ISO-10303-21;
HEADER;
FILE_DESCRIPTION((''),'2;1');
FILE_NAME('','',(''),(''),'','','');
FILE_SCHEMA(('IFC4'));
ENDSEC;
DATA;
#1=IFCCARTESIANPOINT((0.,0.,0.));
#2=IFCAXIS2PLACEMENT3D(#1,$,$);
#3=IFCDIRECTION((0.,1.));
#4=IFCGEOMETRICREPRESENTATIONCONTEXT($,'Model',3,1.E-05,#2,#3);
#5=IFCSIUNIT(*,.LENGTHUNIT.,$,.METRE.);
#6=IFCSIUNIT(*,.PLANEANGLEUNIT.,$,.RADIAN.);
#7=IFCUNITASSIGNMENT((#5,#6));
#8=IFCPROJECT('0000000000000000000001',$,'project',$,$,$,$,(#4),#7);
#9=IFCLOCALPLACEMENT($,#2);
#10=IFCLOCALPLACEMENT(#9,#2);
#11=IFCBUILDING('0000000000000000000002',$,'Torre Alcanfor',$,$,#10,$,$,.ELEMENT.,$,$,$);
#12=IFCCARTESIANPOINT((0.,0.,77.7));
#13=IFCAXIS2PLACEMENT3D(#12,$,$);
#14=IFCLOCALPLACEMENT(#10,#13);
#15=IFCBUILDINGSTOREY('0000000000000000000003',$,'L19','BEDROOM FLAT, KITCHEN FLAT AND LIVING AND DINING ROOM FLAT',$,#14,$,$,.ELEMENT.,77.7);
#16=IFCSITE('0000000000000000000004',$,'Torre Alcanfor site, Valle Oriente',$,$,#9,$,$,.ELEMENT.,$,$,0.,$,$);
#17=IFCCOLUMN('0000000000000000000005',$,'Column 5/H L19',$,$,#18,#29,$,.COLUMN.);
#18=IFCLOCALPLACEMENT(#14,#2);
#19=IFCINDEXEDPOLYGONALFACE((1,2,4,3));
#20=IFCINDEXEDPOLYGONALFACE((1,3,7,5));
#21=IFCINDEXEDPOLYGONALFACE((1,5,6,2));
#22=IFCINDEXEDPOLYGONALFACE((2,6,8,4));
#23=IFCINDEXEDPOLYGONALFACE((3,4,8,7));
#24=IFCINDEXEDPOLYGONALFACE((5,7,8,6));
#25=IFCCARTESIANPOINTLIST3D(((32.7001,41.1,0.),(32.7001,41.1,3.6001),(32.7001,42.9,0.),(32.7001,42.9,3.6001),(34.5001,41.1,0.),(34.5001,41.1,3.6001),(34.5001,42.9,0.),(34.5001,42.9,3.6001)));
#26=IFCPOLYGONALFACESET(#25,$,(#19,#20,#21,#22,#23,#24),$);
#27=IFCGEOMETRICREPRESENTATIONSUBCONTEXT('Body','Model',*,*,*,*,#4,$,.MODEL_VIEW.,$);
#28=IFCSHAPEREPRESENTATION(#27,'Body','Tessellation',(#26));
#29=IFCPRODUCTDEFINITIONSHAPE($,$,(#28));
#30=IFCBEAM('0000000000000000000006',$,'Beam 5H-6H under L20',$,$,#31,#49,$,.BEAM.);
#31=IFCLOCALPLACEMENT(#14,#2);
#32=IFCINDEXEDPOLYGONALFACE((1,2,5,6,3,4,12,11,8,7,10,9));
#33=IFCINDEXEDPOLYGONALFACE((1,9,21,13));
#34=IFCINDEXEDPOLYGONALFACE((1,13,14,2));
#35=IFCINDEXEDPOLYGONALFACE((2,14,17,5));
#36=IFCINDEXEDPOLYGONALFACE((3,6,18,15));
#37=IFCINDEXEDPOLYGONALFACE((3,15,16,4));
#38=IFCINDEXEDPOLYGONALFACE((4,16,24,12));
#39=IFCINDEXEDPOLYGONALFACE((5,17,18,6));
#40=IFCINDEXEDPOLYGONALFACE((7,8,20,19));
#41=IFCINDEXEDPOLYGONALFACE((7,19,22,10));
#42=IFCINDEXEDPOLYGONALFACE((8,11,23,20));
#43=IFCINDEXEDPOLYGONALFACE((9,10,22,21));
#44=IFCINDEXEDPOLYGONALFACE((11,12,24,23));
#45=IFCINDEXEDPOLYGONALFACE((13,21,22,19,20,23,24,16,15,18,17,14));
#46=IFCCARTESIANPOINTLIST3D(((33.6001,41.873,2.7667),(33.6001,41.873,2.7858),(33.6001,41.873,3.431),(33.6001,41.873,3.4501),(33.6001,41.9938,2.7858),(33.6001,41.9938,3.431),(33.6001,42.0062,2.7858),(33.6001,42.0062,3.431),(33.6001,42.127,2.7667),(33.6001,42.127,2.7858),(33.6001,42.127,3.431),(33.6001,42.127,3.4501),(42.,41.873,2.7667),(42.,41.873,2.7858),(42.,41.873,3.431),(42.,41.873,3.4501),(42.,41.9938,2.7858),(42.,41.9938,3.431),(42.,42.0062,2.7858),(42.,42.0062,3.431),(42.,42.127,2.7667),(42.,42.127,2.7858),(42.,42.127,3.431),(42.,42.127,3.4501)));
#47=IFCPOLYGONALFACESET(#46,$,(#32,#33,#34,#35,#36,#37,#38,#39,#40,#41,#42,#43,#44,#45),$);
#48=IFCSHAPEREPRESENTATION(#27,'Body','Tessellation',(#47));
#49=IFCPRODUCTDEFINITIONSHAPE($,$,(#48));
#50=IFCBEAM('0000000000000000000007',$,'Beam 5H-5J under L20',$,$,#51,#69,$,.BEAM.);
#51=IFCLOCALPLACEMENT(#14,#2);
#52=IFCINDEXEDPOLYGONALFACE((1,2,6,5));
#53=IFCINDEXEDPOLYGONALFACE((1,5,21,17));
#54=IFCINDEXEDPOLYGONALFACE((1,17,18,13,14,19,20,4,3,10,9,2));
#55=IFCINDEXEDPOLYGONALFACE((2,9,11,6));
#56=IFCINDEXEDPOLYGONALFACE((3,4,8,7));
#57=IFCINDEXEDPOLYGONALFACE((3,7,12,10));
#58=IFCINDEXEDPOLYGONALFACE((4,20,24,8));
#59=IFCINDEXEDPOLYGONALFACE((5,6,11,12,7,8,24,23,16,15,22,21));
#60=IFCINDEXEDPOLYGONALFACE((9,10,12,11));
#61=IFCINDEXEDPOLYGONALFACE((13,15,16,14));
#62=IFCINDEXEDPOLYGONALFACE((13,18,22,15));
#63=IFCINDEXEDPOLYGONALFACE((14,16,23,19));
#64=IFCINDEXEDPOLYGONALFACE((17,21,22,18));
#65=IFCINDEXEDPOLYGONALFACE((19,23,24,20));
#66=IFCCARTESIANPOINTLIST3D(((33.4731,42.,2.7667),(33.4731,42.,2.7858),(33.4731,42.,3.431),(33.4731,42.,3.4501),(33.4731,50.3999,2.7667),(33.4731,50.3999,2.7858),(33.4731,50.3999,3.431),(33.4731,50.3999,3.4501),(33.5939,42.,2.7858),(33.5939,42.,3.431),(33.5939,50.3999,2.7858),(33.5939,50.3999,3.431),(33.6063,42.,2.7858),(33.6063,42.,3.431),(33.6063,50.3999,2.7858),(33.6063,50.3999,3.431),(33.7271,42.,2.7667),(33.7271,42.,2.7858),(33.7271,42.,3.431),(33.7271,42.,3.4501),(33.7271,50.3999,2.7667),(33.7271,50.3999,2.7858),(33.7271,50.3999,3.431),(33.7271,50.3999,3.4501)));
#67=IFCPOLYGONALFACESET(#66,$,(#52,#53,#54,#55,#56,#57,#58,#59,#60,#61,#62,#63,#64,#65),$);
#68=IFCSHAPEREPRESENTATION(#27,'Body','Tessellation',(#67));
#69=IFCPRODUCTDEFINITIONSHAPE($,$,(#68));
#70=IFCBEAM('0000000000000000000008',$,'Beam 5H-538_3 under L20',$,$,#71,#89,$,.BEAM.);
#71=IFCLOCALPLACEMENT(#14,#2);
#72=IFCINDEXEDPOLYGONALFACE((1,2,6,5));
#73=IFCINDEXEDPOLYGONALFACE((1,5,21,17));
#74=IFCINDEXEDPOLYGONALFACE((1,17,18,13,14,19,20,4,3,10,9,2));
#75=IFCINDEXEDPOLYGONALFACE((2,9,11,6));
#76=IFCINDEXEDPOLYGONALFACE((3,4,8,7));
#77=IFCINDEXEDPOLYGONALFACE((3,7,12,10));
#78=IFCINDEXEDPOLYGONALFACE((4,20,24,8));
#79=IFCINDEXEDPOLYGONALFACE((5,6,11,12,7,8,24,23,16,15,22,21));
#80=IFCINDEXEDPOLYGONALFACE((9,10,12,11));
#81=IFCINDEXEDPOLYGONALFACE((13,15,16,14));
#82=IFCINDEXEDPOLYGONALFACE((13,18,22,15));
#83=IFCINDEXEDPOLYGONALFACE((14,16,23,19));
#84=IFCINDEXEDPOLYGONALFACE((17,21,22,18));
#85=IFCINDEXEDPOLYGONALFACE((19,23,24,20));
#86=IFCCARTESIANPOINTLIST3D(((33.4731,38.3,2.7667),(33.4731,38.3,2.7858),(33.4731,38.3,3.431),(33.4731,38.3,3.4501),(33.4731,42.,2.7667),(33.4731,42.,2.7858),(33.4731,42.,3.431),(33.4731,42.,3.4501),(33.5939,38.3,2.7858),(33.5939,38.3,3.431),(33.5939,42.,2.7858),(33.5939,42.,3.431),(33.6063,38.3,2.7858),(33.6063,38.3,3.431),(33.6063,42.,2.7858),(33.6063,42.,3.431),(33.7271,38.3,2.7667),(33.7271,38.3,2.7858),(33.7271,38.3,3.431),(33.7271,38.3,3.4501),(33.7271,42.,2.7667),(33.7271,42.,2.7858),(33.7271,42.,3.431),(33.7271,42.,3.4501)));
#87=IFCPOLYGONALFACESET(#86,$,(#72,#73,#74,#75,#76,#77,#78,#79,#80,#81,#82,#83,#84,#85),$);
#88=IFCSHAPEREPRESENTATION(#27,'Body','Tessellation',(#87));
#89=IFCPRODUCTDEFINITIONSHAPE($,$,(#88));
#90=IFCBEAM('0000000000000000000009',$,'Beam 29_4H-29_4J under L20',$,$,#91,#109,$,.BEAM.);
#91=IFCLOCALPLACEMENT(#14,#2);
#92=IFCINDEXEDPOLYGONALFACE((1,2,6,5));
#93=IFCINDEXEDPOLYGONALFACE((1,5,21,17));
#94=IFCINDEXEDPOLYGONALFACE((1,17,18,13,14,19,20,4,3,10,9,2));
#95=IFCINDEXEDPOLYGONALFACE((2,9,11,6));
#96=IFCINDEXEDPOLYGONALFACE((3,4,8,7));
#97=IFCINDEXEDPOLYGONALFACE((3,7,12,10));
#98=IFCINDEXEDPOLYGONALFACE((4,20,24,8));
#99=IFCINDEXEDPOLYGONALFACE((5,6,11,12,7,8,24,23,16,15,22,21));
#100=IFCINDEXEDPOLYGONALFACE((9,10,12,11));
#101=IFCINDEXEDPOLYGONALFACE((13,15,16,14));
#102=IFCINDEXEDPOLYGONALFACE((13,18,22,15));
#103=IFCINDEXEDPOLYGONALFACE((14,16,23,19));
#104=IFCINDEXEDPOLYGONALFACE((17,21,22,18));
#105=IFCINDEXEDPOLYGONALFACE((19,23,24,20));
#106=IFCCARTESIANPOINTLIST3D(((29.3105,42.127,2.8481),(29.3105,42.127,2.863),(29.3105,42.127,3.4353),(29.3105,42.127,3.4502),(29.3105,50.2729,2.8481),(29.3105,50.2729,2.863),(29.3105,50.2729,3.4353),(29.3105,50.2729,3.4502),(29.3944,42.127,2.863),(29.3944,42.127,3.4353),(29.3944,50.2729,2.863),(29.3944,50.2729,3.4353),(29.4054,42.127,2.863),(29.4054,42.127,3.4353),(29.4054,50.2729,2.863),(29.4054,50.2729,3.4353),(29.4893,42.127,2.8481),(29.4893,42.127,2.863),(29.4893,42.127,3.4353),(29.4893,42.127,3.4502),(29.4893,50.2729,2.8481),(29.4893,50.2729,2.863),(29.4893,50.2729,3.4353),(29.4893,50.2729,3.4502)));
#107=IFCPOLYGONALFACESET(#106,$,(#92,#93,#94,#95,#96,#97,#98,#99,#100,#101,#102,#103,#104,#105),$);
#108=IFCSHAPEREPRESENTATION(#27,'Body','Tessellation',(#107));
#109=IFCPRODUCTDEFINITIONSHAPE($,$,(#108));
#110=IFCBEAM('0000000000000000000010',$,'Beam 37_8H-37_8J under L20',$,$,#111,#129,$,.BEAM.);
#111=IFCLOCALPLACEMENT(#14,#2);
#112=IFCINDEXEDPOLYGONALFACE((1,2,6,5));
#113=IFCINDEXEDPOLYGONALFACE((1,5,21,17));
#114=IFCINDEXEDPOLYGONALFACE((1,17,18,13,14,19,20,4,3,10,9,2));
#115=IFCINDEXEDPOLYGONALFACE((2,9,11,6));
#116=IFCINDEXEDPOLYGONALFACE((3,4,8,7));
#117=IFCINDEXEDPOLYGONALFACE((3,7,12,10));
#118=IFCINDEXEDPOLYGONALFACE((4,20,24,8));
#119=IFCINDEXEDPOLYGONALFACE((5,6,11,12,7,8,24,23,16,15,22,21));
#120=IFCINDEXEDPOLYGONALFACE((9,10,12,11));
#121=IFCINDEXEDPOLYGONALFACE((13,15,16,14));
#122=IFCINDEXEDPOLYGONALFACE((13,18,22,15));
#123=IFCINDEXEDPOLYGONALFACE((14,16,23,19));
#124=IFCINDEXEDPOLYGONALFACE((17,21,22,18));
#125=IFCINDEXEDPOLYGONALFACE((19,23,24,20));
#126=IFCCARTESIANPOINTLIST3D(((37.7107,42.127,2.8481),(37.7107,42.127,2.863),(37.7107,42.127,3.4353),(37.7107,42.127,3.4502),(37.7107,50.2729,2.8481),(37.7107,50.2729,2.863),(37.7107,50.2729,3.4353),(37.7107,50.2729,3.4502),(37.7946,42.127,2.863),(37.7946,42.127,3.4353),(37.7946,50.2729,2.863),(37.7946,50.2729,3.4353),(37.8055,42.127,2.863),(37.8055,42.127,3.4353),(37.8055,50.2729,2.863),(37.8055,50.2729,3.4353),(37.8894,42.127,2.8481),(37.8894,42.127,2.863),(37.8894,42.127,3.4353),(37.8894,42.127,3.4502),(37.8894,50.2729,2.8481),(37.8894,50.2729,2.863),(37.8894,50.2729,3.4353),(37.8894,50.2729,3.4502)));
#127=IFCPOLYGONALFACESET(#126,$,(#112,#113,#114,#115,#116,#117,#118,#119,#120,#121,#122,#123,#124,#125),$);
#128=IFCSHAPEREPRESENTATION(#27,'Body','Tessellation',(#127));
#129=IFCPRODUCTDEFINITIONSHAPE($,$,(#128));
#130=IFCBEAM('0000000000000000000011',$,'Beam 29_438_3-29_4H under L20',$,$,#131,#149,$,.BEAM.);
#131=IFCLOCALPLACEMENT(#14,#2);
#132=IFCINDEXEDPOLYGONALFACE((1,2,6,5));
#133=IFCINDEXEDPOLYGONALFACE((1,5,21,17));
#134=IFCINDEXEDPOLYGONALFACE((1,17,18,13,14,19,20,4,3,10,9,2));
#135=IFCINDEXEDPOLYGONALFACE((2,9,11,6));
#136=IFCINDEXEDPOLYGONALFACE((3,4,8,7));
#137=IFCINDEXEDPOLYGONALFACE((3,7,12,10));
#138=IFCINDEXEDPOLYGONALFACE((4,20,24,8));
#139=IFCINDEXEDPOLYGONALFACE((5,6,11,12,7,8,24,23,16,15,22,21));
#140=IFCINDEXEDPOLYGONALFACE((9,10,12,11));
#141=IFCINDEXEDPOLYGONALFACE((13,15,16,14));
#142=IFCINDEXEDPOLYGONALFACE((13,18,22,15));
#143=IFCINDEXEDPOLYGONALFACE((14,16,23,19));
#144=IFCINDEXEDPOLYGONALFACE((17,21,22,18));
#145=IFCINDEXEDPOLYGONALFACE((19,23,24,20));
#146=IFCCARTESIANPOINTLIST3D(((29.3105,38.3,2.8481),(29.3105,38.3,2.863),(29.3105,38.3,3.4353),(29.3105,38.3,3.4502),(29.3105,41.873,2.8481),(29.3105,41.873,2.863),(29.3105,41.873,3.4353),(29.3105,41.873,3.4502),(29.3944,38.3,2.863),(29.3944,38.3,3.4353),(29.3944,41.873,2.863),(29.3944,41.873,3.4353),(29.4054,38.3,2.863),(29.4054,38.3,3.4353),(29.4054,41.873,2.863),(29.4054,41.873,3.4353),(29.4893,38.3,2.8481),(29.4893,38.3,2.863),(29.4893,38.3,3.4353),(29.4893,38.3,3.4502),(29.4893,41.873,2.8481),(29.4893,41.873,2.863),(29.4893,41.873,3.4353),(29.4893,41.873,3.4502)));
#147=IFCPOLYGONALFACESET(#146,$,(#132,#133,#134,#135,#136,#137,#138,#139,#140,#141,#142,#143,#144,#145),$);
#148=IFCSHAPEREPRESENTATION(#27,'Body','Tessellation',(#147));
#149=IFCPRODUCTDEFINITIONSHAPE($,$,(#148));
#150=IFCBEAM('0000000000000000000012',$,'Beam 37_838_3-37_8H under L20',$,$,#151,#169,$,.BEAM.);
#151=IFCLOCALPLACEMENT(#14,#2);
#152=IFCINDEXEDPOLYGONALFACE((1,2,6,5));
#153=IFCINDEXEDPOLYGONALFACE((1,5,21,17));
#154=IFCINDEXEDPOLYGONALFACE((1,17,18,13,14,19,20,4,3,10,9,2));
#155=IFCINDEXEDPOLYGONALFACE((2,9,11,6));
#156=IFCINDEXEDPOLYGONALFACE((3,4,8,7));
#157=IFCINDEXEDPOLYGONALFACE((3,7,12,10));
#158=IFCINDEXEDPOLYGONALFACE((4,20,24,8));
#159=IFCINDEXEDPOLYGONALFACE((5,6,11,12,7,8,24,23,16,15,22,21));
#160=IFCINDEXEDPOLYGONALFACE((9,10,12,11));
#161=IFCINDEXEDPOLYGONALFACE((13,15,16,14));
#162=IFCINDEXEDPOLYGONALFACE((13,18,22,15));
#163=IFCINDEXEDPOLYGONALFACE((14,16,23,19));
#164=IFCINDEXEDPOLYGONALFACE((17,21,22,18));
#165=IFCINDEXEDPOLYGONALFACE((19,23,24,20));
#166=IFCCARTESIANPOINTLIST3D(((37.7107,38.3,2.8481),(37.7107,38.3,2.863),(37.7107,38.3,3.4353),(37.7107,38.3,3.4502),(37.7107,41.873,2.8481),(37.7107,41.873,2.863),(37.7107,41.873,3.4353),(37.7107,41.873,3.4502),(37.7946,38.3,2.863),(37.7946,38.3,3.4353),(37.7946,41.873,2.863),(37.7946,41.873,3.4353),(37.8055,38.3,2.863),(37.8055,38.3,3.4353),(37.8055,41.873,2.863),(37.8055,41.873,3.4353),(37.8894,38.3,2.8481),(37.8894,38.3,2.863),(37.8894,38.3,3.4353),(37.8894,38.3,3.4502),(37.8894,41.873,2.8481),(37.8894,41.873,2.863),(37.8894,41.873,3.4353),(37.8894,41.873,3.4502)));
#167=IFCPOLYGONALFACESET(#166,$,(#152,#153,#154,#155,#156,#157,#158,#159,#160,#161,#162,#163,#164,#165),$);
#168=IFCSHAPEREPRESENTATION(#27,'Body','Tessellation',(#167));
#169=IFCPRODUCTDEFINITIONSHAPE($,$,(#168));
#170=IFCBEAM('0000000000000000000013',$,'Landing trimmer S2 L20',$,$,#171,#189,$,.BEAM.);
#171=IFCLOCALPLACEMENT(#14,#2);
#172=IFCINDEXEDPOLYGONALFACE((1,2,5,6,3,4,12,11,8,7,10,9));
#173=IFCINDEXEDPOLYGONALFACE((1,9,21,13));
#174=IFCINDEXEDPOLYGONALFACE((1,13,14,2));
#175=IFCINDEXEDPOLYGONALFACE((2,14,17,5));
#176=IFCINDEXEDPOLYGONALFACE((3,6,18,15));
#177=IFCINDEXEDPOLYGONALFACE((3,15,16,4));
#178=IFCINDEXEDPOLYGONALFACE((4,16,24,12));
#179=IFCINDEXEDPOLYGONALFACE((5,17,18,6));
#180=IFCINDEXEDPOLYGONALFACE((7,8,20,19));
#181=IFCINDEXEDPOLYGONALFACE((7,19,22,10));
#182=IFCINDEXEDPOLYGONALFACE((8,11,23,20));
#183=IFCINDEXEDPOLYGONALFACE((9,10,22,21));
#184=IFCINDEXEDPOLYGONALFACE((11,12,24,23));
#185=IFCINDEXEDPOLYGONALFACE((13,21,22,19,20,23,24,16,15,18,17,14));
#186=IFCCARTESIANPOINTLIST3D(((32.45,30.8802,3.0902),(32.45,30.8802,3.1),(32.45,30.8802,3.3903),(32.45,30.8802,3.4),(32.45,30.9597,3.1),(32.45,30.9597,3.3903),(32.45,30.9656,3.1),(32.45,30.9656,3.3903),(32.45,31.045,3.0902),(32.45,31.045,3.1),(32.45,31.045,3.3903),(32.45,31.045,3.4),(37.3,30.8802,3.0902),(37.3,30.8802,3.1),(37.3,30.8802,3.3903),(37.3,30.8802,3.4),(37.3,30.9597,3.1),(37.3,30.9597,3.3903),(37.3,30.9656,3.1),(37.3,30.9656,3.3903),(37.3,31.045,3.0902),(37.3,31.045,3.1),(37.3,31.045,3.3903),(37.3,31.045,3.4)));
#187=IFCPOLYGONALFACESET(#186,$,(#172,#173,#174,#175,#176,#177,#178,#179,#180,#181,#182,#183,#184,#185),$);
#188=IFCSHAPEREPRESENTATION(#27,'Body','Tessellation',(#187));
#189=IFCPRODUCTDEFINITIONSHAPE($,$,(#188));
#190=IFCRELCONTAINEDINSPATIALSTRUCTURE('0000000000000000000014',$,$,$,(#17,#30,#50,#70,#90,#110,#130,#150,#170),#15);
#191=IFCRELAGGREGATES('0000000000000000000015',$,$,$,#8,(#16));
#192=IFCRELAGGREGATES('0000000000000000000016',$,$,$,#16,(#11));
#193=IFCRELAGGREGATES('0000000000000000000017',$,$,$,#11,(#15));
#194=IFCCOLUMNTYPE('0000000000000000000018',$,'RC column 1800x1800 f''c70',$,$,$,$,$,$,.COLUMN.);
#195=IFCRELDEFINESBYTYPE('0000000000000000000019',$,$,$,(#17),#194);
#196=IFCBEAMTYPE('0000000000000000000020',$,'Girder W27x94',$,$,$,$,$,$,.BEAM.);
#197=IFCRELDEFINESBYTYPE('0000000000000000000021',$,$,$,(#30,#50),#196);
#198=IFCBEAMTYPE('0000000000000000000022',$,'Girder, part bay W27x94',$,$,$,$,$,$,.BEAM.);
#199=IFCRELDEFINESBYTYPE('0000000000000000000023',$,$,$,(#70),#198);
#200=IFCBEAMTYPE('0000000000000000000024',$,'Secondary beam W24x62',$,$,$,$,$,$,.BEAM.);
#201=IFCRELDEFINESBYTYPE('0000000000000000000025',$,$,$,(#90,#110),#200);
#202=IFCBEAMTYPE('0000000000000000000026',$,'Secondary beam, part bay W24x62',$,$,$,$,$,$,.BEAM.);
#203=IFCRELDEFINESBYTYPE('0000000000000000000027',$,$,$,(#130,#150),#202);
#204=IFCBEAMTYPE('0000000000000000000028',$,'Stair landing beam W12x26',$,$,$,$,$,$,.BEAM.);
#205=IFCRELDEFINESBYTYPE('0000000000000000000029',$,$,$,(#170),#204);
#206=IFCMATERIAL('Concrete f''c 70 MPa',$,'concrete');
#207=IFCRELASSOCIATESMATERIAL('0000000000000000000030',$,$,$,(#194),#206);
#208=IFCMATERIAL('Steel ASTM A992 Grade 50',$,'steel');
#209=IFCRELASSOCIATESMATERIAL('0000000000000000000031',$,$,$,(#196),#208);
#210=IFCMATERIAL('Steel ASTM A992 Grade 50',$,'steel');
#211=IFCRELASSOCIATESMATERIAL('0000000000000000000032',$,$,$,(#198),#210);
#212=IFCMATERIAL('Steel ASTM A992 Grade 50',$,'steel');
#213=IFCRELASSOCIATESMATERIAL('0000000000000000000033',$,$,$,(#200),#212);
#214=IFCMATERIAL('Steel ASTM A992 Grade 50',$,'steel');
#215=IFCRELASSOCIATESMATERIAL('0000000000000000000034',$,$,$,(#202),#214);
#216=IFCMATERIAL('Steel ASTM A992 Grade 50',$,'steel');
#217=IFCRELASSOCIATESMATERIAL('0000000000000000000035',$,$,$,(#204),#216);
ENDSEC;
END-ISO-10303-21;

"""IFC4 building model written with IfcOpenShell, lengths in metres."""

from ifc_helpers import new_model, si_unit, direction, frame, origin, origin_2d, place, context, subcontext, project, spatial, rectangle, i_section, extrude, material, material_profile, profile_set, type_object, element, save


model = new_model("IFC4")

# Units and contexts
model_context = context("Model", 3, precision=1e-05, world=origin(), true_north=direction((0.0, 1.0)))
body_context = subcontext(model_context, "Body", "Model", "MODEL_VIEW")
ifc_project = project(units=[si_unit("LENGTHUNIT", "METRE"), si_unit("PLANEANGLEUNIT", "RADIAN")], contexts=[model_context])

# Site, building, storey
site_placement = place(None, origin())
site = spatial("IfcSite", under=ifc_project, at=site_placement, Name="Torre Alcanfor site, Valle Oriente", CompositionType="ELEMENT", RefElevation=0.0)
building_placement = place(site_placement, origin())
building = spatial("IfcBuilding", under=site, at=building_placement, Name="Torre Alcanfor", CompositionType="ELEMENT")
storey_placement = place(building_placement, frame((0.0, 0.0, 77.7)))
storey = spatial("IfcBuildingStorey", under=building, at=storey_placement, Name="L19", Description="BEDROOM FLAT, KITCHEN FLAT AND LIVING AND DINING ROOM FLAT", CompositionType="ELEMENT", Elevation=77.7)

# Column
ifc_material_1 = material(Name="Concrete f'c 70 MPa", Category="concrete")
ifc_material_profile_1 = material_profile(ifc_material_1, rectangle(XDim=1.8, YDim=1.8, at=origin_2d()), Name="1800x1800")
ifc_profile_set_1 = profile_set([ifc_material_profile_1], Name="Concrete f'c 70 MPa")
column_type = type_object("IfcColumnType", Name="RC column 1800x1800 f'c70", PredefinedType="COLUMN", material=ifc_profile_set_1)
column_placement = place(storey_placement, frame((33.6001, 42.0, 0.0), z_axis=(0.0, 0.0, 1.0), x_axis=(1.0, 0.0, 0.0)))
element("IfcColumn", 1, at=column_placement, inside=storey, type_object=column_type, Name="Column 5/H L19", PredefinedType="COLUMN", context=body_context, shape_type="SweptSolid", body=[
    extrude(rectangle(XDim=1.8, YDim=1.8, at=origin_2d()), origin(), (0.0, 0.0, 1.0), 3.6001),
])

# Beams
ifc_material_2 = material(Name="Steel ASTM A992 Grade 50", Category="steel")
ifc_material_profile_2 = material_profile(ifc_material_2, i_section(OverallWidth=0.2539, OverallDepth=0.6833, WebThickness=0.0125, FlangeThickness=0.019, at=origin_2d()), Name="W27x94")
ifc_profile_set_2 = profile_set([ifc_material_profile_2], Name="Steel ASTM A992 Grade 50")
beam_type_1 = type_object("IfcBeamType", Name="Girder W27x94", PredefinedType="BEAM", material=ifc_profile_set_2)
for number, where, z_axis, x_axis, name in (
    (2, (33.6001, 42.0, 3.1084), (1.0, 0.0, 0.0), (0.0, 1.0, 0.0), "Beam 5H-6H under L20"),
    (3, (33.6001, 42.0, 3.1084), (0.0, 1.0, 0.0), (-1.0, 0.0, 0.0), "Beam 5H-5J under L20"),
):
    element("IfcBeam", number, at=place(storey_placement, frame(where, z_axis=z_axis, x_axis=x_axis)), inside=storey, type_object=beam_type_1, Name=name, PredefinedType="BEAM", context=body_context, shape_type="SweptSolid", body=[
        extrude(i_section(OverallWidth=0.2539, OverallDepth=0.6833, WebThickness=0.0125, FlangeThickness=0.019, at=origin_2d()), origin(), (0.0, 0.0, 1.0), 8.3999),
    ])
ifc_material_3 = material(Name="Steel ASTM A992 Grade 50", Category="steel")
ifc_material_profile_3 = material_profile(ifc_material_3, i_section(OverallWidth=0.2539, OverallDepth=0.6833, WebThickness=0.0125, FlangeThickness=0.019, at=origin_2d()), Name="W27x94")
ifc_profile_set_3 = profile_set([ifc_material_profile_3], Name="Steel ASTM A992 Grade 50")
beam_type_2 = type_object("IfcBeamType", Name="Girder, part bay W27x94", PredefinedType="BEAM", material=ifc_profile_set_3)
beam_1_placement = place(storey_placement, frame((33.6001, 42.0, 3.1084), z_axis=(0.0, -1.0, 0.0), x_axis=(1.0, 0.0, 0.0)))
element("IfcBeam", 4, at=beam_1_placement, inside=storey, type_object=beam_type_2, Name="Beam 5H-538_3 under L20", PredefinedType="BEAM", context=body_context, shape_type="SweptSolid", body=[
    extrude(i_section(OverallWidth=0.2539, OverallDepth=0.6833, WebThickness=0.0125, FlangeThickness=0.019, at=origin_2d()), origin(), (0.0, 0.0, 1.0), 3.7),
])
ifc_material_4 = material(Name="Steel ASTM A992 Grade 50", Category="steel")
ifc_material_profile_4 = material_profile(ifc_material_4, i_section(OverallWidth=0.1787, OverallDepth=0.6021, WebThickness=0.011, FlangeThickness=0.0149, at=origin_2d()), Name="W24x62")
ifc_profile_set_4 = profile_set([ifc_material_profile_4], Name="Steel ASTM A992 Grade 50")
beam_type_3 = type_object("IfcBeamType", Name="Secondary beam W24x62", PredefinedType="BEAM", material=ifc_profile_set_4)
for number, where, z_axis, x_axis, name in (
    (5, (29.3999, 42.127, 3.1492), (0.0, 1.0, 0.0), (-1.0, 0.0, 0.0), "Beam 29_4H-29_4J under L20"),
    (6, (37.8, 42.127, 3.1492), (0.0, 1.0, 0.0), (-1.0, 0.0, 0.0), "Beam 37_8H-37_8J under L20"),
):
    element("IfcBeam", number, at=place(storey_placement, frame(where, z_axis=z_axis, x_axis=x_axis)), inside=storey, type_object=beam_type_3, Name=name, PredefinedType="BEAM", context=body_context, shape_type="SweptSolid", body=[
        extrude(i_section(OverallWidth=0.1787, OverallDepth=0.6021, WebThickness=0.011, FlangeThickness=0.0149, at=origin_2d()), origin(), (0.0, 0.0, 1.0), 8.146),
    ])
ifc_material_5 = material(Name="Steel ASTM A992 Grade 50", Category="steel")
ifc_material_profile_5 = material_profile(ifc_material_5, i_section(OverallWidth=0.1787, OverallDepth=0.6021, WebThickness=0.011, FlangeThickness=0.0149, at=origin_2d()), Name="W24x62")
ifc_profile_set_5 = profile_set([ifc_material_profile_5], Name="Steel ASTM A992 Grade 50")
beam_type_4 = type_object("IfcBeamType", Name="Secondary beam, part bay W24x62", PredefinedType="BEAM", material=ifc_profile_set_5)
for number, where, z_axis, x_axis, name in (
    (7, (29.3999, 38.3, 3.1492), (0.0, 1.0, 0.0), (-1.0, 0.0, 0.0), "Beam 29_438_3-29_4H under L20"),
    (8, (37.8, 38.3, 3.1492), (0.0, 1.0, 0.0), (-1.0, 0.0, 0.0), "Beam 37_838_3-37_8H under L20"),
):
    element("IfcBeam", number, at=place(storey_placement, frame(where, z_axis=z_axis, x_axis=x_axis)), inside=storey, type_object=beam_type_4, Name=name, PredefinedType="BEAM", context=body_context, shape_type="SweptSolid", body=[
        extrude(i_section(OverallWidth=0.1787, OverallDepth=0.6021, WebThickness=0.011, FlangeThickness=0.0149, at=origin_2d()), origin(), (0.0, 0.0, 1.0), 3.573),
    ])
ifc_material_6 = material(Name="Steel ASTM A992 Grade 50", Category="steel")
ifc_material_profile_6 = material_profile(ifc_material_6, i_section(OverallWidth=0.1648, OverallDepth=0.3098, WebThickness=0.0059, FlangeThickness=0.0098, at=origin_2d()), Name="W12x26")
ifc_profile_set_6 = profile_set([ifc_material_profile_6], Name="Steel ASTM A992 Grade 50")
beam_type_5 = type_object("IfcBeamType", Name="Stair landing beam W12x26", PredefinedType="BEAM", material=ifc_profile_set_6)
beam_2_placement = place(storey_placement, frame((32.45, 30.9626, 3.2451), z_axis=(1.0, 0.0, 0.0), x_axis=(0.0, 1.0, 0.0)))
element("IfcBeam", 9, at=beam_2_placement, inside=storey, type_object=beam_type_5, Name="Landing trimmer S2 L20", PredefinedType="BEAM", context=body_context, shape_type="SweptSolid", body=[
    extrude(i_section(OverallWidth=0.1648, OverallDepth=0.3098, WebThickness=0.0059, FlangeThickness=0.0098, at=origin_2d()), origin(), (0.0, 0.0, 1.0), 4.8501),
])

save(model, "model.ifc")
